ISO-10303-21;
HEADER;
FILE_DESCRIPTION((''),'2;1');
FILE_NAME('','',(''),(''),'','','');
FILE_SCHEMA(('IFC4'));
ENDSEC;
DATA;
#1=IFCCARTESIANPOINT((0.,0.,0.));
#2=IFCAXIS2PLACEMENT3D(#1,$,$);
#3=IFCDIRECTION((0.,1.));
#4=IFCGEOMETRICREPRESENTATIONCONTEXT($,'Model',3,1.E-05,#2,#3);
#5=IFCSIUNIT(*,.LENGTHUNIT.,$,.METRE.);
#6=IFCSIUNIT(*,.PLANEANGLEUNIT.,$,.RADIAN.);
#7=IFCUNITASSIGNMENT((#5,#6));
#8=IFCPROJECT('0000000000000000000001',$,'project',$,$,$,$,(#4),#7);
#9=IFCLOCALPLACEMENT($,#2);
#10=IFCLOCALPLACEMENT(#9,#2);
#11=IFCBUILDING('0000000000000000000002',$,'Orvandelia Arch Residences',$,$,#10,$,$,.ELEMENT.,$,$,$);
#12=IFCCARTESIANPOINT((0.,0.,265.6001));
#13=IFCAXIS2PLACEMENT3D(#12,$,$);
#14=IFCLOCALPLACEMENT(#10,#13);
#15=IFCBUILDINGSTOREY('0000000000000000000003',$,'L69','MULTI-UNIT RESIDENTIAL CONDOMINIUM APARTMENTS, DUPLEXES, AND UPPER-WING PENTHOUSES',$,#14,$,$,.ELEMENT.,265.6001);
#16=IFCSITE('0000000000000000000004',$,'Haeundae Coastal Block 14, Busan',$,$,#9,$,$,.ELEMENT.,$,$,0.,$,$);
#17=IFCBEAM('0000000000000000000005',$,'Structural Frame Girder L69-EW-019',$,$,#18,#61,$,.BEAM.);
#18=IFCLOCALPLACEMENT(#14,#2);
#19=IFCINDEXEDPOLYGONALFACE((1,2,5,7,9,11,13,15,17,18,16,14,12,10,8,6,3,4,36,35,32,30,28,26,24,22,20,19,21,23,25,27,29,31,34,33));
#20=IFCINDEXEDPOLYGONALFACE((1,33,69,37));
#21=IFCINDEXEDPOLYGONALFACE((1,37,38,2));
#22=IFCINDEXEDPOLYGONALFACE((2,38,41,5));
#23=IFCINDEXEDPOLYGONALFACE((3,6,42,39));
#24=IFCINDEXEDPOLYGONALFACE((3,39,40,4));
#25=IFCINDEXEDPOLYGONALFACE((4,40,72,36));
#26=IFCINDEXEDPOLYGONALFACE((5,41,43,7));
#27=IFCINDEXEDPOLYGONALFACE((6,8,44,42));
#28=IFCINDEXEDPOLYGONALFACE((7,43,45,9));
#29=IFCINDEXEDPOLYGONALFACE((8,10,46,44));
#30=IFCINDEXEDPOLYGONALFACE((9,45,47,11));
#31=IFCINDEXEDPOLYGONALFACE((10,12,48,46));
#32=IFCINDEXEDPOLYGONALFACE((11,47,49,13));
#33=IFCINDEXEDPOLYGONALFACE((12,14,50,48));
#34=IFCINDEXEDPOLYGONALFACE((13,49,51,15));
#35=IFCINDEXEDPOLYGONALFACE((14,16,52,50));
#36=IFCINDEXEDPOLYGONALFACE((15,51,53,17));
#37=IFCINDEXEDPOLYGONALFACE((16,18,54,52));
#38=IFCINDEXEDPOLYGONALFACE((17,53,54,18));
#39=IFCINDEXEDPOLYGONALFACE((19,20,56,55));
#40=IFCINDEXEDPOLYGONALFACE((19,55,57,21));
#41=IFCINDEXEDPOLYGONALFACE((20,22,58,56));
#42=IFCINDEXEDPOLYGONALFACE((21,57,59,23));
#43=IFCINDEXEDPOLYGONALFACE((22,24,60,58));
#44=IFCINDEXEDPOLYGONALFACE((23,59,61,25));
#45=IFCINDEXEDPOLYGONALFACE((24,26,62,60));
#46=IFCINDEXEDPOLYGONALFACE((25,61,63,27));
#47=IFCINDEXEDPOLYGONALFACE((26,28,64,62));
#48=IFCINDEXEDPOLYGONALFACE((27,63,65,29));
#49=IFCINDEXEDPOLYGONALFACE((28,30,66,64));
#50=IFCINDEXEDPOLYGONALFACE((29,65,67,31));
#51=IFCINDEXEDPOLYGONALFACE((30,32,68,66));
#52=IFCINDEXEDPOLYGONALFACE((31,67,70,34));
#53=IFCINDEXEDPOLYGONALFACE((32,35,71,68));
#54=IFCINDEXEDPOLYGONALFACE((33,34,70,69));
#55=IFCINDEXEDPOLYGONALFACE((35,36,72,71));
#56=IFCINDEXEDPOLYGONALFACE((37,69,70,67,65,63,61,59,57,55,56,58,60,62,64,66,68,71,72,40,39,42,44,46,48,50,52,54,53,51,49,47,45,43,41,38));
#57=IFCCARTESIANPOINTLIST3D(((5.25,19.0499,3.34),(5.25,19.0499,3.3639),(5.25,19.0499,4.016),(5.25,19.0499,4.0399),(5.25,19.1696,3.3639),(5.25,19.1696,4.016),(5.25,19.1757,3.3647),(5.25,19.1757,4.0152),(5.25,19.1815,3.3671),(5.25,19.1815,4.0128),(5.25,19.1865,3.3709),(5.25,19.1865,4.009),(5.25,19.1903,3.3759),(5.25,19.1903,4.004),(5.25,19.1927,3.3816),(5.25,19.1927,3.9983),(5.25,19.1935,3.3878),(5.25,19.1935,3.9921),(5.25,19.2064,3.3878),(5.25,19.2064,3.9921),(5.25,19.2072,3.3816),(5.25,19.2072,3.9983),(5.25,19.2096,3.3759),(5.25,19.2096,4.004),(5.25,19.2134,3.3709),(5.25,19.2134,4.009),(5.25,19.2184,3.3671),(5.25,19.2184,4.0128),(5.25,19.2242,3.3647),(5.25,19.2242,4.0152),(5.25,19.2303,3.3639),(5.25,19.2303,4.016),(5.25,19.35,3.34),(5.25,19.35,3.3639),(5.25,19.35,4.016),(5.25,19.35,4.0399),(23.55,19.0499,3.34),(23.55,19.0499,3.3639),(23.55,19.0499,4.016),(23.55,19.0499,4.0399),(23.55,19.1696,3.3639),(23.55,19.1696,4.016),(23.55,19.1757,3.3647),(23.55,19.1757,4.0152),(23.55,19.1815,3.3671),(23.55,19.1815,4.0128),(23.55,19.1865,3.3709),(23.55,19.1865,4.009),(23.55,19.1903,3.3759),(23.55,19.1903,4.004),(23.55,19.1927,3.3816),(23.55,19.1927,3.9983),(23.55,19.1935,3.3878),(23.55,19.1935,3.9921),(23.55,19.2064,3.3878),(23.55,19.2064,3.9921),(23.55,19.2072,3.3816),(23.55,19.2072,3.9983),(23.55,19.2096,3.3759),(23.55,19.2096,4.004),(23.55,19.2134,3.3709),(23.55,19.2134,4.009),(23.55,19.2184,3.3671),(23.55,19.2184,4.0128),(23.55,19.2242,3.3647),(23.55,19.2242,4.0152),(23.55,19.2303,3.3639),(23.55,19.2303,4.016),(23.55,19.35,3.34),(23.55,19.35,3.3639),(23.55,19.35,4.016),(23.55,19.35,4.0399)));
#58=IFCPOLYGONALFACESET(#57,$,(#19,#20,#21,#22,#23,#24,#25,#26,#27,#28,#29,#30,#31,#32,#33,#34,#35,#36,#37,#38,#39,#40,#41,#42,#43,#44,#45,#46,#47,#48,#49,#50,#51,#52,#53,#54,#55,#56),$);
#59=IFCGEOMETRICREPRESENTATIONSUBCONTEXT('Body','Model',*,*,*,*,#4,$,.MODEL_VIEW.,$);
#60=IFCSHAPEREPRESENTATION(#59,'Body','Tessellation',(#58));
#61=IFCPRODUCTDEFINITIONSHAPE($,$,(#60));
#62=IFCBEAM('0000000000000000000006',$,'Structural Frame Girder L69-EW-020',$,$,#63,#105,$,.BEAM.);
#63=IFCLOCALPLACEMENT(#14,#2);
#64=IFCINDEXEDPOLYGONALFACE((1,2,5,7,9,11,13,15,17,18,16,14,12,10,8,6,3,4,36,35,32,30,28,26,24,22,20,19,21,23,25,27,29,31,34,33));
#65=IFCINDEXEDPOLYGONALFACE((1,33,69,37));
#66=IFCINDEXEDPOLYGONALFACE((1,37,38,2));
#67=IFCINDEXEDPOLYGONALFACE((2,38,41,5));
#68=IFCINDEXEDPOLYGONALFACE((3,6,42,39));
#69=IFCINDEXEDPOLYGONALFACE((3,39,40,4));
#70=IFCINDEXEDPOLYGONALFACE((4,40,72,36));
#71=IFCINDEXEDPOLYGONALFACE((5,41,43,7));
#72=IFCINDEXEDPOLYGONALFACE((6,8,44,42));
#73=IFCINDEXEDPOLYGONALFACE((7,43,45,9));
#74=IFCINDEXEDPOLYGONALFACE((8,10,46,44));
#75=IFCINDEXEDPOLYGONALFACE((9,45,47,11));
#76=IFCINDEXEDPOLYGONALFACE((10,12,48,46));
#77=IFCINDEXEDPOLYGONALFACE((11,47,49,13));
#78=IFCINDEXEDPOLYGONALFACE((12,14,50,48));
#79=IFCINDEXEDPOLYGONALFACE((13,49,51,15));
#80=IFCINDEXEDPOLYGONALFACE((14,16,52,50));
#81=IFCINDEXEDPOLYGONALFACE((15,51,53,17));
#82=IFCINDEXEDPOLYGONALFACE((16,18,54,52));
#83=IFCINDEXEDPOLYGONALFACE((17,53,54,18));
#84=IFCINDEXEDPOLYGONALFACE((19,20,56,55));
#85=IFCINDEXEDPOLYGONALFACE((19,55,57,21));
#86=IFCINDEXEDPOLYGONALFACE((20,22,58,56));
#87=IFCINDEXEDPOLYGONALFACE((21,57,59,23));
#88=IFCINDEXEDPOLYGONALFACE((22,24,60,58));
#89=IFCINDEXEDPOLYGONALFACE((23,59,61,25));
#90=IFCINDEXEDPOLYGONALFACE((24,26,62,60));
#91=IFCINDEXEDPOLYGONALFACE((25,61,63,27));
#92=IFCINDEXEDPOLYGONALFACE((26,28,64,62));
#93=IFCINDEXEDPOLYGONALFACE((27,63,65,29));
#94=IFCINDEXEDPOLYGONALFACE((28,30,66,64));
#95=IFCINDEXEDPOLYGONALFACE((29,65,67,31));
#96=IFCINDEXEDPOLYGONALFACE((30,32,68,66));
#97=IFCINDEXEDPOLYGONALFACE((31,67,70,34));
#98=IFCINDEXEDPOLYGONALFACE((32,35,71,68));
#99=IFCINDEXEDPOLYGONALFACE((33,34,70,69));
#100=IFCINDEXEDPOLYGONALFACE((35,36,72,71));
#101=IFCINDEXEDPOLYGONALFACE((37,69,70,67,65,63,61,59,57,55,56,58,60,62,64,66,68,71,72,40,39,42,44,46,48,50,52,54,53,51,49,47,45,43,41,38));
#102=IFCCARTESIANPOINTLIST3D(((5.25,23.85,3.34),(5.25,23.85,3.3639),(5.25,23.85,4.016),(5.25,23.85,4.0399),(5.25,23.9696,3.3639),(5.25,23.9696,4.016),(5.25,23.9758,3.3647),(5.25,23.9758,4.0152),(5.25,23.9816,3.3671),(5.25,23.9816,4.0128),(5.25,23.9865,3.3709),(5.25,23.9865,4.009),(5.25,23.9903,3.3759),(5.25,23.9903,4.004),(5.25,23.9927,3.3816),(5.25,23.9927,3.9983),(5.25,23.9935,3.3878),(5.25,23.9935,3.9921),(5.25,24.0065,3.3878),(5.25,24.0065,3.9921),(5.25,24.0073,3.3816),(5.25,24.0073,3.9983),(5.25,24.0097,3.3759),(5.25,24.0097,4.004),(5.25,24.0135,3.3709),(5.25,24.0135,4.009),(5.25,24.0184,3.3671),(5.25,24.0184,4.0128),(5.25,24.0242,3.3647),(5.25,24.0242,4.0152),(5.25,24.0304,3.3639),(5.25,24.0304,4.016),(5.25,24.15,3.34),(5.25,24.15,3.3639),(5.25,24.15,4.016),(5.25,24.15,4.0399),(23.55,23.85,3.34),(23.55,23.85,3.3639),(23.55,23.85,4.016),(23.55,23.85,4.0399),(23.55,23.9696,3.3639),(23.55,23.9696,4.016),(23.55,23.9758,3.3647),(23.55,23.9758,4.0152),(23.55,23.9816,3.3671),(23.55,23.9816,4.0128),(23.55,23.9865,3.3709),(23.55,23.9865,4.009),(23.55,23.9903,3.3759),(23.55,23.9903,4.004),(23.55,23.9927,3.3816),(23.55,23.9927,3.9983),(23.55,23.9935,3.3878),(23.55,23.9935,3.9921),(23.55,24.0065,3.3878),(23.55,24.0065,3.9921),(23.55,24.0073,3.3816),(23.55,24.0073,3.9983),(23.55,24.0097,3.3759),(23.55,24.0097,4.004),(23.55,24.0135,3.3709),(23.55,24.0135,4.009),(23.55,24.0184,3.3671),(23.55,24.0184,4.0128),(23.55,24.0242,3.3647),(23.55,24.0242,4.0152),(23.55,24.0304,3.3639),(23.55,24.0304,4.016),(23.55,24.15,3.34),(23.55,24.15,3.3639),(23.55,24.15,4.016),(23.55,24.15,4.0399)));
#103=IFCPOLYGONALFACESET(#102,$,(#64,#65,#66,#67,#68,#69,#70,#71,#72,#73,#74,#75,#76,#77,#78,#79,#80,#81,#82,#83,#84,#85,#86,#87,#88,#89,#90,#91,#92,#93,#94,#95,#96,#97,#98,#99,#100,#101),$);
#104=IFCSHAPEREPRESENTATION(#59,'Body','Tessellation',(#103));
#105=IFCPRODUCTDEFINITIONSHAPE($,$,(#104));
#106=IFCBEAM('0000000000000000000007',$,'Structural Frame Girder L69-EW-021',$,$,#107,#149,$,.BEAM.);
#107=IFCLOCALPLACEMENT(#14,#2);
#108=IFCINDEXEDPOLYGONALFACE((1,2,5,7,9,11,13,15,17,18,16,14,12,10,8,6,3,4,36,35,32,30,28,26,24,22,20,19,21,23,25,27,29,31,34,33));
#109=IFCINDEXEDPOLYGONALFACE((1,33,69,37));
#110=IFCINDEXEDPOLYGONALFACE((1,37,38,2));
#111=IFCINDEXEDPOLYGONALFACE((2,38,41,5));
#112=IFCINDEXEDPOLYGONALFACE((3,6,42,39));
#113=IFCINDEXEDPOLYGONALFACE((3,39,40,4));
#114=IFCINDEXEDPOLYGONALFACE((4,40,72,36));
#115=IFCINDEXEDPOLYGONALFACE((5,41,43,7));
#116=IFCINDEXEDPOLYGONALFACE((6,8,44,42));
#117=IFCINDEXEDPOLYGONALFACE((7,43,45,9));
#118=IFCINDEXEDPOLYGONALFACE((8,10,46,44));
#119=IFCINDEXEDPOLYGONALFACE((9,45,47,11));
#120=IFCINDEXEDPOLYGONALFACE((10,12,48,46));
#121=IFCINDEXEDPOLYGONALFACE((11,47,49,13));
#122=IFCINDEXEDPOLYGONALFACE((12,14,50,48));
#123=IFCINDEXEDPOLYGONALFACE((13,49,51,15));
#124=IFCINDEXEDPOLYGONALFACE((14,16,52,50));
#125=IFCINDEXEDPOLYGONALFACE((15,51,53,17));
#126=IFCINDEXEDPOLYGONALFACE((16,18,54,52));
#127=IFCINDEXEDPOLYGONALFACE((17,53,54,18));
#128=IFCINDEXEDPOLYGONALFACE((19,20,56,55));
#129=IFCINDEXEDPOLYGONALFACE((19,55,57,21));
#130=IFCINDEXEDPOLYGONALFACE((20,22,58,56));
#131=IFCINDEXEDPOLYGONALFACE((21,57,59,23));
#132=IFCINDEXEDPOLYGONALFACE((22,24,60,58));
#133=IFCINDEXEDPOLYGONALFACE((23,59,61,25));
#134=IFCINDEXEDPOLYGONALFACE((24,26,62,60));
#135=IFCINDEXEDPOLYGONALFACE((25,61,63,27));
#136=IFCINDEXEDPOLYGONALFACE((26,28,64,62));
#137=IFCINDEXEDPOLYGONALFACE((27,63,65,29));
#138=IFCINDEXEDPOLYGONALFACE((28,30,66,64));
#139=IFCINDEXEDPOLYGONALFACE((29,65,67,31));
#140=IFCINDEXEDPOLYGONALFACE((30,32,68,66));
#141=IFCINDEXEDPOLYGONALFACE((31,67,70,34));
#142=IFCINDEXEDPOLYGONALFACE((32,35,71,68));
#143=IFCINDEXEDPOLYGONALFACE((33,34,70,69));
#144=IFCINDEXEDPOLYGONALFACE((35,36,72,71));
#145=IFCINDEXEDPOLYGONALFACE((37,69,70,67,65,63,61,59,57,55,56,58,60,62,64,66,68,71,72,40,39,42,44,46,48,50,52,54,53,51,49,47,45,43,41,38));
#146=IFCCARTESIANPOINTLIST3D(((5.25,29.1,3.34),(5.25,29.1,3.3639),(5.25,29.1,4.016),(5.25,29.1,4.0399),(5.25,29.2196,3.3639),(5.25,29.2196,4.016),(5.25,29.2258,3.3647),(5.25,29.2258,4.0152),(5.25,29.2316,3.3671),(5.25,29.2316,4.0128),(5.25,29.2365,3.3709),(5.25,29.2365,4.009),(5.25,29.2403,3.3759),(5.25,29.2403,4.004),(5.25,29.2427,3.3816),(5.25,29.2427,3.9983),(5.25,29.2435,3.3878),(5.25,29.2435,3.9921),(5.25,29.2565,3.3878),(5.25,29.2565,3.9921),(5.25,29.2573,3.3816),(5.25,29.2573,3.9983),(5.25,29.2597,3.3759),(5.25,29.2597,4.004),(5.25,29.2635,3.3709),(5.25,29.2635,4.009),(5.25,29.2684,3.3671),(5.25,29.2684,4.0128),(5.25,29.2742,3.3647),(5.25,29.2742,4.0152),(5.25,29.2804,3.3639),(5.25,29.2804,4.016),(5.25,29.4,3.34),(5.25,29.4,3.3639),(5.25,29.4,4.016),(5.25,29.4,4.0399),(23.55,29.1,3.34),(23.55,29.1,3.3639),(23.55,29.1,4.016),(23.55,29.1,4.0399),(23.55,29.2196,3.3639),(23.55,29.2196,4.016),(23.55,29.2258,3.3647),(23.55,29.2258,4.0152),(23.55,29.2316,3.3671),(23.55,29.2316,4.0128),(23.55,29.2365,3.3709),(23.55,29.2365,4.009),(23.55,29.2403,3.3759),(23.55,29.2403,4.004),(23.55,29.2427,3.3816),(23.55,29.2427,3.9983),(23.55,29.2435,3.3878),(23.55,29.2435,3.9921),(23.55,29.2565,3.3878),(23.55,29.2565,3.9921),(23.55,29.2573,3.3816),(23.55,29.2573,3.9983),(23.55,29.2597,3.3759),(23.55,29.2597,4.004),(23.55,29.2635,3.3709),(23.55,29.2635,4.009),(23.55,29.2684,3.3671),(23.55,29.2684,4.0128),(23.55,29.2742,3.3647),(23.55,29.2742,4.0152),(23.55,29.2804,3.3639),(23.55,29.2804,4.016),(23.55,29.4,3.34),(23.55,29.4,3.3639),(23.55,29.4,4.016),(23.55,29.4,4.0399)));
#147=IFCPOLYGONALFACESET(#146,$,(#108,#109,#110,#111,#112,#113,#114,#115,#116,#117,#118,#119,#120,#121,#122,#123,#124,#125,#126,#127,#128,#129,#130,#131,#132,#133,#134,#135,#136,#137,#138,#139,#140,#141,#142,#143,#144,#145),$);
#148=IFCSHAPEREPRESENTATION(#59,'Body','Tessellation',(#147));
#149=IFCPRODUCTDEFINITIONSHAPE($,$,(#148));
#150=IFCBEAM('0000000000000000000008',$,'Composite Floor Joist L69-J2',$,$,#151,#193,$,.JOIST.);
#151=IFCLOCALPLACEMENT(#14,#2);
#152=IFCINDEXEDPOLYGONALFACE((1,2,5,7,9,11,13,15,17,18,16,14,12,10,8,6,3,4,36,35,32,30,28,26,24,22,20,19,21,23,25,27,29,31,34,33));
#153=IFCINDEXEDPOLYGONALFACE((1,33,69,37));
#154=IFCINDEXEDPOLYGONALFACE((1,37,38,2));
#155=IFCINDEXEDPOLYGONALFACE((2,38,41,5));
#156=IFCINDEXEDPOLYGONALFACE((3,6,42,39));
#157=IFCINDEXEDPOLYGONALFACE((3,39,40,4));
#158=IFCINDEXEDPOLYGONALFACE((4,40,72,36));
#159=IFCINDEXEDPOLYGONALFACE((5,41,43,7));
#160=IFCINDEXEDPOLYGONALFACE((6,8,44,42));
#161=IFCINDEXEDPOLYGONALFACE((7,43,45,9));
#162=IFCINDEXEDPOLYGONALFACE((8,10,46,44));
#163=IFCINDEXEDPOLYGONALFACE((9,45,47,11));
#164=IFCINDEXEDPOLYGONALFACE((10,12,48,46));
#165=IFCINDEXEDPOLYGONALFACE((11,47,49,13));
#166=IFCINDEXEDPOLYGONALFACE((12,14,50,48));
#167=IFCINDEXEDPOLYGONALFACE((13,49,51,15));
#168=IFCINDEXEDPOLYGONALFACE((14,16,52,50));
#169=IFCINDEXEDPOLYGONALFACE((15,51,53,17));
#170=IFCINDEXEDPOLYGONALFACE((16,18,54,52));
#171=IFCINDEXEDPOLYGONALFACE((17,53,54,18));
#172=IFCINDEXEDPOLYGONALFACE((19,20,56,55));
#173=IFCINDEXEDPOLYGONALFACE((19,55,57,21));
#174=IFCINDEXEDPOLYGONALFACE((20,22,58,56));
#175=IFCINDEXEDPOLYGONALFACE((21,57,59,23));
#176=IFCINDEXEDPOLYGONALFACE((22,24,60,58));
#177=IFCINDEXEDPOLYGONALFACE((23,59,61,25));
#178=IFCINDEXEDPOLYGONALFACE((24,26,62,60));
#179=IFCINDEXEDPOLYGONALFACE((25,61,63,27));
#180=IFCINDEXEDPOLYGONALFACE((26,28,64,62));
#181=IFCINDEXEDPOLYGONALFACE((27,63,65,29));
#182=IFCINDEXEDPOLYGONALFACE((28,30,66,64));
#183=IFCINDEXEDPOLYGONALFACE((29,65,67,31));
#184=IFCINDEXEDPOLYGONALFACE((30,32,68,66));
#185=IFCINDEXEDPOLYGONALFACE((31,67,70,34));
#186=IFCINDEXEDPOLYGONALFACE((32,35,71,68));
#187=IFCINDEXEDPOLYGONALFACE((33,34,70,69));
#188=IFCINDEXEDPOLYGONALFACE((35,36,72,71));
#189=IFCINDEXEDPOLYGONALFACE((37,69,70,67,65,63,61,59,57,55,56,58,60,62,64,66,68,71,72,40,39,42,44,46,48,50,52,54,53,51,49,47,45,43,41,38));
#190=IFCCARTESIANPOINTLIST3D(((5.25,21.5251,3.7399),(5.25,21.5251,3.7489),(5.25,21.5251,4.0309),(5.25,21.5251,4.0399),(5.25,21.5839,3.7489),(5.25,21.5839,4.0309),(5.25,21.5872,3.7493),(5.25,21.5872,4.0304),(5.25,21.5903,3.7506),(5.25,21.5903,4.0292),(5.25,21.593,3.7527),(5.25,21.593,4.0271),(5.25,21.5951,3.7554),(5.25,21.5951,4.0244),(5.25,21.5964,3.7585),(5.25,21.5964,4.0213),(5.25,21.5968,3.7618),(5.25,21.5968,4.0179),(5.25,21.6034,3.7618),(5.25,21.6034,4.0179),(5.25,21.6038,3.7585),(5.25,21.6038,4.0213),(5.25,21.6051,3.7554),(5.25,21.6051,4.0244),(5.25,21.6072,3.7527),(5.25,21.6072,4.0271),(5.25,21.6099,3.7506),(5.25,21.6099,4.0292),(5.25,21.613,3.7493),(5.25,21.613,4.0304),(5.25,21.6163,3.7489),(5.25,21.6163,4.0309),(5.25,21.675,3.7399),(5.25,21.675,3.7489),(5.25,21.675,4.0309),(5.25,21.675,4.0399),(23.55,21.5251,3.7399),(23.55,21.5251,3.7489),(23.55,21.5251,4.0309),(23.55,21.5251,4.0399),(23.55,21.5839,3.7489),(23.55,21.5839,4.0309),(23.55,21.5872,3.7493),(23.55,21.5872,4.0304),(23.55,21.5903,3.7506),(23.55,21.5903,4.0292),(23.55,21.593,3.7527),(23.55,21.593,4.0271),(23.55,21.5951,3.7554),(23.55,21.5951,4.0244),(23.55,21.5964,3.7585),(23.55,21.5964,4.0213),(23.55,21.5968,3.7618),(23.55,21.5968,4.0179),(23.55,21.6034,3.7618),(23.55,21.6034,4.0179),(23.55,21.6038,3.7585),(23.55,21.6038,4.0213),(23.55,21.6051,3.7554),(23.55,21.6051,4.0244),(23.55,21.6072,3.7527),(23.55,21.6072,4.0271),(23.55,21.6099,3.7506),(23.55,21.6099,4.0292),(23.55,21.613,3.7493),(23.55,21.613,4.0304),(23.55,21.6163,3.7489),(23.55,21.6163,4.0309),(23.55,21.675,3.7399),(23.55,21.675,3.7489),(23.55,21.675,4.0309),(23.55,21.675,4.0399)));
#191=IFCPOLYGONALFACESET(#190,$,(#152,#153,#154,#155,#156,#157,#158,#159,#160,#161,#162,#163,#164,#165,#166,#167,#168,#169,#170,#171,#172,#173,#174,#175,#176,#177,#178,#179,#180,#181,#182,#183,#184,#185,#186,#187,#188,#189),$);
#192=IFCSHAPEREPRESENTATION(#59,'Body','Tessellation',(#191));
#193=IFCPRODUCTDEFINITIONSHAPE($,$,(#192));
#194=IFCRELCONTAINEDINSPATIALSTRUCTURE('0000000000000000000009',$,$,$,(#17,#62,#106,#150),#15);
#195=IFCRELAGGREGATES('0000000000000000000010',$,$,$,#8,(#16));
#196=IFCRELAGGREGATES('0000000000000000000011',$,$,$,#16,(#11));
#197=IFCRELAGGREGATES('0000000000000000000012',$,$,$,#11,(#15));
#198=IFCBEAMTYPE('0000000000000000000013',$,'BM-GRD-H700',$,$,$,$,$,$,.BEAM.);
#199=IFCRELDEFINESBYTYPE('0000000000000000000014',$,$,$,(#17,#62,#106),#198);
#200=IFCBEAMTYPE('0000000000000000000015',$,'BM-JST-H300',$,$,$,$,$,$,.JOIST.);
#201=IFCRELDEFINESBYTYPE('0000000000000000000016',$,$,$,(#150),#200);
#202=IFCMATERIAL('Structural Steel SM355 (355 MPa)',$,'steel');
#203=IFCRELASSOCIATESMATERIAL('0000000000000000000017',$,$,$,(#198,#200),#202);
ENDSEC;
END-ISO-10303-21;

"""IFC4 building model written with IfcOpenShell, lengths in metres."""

from ifc_helpers import new_model, si_unit, direction, frame, origin, origin_2d, place, context, subcontext, project, spatial, i_section, extrude, material, material_profile, profile_set, type_object, element, save


model = new_model("IFC4")

# Units and contexts
model_context = context("Model", 3, precision=1e-05, world=origin(), true_north=direction((0.0, 1.0)))
body_context = subcontext(model_context, "Body", "Model", "MODEL_VIEW")
ifc_project = project(units=[si_unit("LENGTHUNIT", "METRE"), si_unit("PLANEANGLEUNIT", "RADIAN")], contexts=[model_context])

# Site, building, storey
site_placement = place(None, origin())
site = spatial("IfcSite", under=ifc_project, at=site_placement, Name="Haeundae Coastal Block 14, Busan", CompositionType="ELEMENT", RefElevation=0.0)
building_placement = place(site_placement, origin())
building = spatial("IfcBuilding", under=site, at=building_placement, Name="Orvandelia Arch Residences", CompositionType="ELEMENT")
storey_placement = place(building_placement, frame((0.0, 0.0, 265.6001)))
storey = spatial("IfcBuildingStorey", under=building, at=storey_placement, Name="L69", Description="MULTI-UNIT RESIDENTIAL CONDOMINIUM APARTMENTS, DUPLEXES, AND UPPER-WING PENTHOUSES", CompositionType="ELEMENT", Elevation=265.6001)

# Beams
ifc_material_1 = material(Name="Structural Steel SM355 (355 MPa)", Category="steel")
ifc_material_profile_1 = material_profile(ifc_material_1, i_section(OverallWidth=0.3, OverallDepth=0.7, WebThickness=0.0129, FlangeThickness=0.0239, FilletRadius=0.0239, at=origin_2d()), Name="Structural Steel SM355 (355 MPa)", Category="steel")
ifc_profile_set_1 = profile_set([ifc_material_profile_1], Name="Structural Steel SM355 (355 MPa)")
beam_type_1 = type_object("IfcBeamType", Name="BM-GRD-H700", PredefinedType="BEAM", material=ifc_profile_set_1)
for number, where, z_axis, x_axis, name in (
    (1, (5.25, 19.2, 3.6899), (1.0, 0.0, 0.0), (0.0, 1.0, 0.0), "Structural Frame Girder L69-EW-019"),
    (2, (5.25, 24.0, 3.6899), (1.0, 0.0, 0.0), (0.0, 1.0, 0.0), "Structural Frame Girder L69-EW-020"),
    (3, (5.25, 29.25, 3.6899), (1.0, 0.0, 0.0), (0.0, 1.0, 0.0), "Structural Frame Girder L69-EW-021"),
):
    element("IfcBeam", number, at=place(storey_placement, frame(where, z_axis=z_axis, x_axis=x_axis)), inside=storey, type_object=beam_type_1, Name=name, PredefinedType="BEAM", context=body_context, shape_type="SweptSolid", body=[
        extrude(i_section(OverallWidth=0.3, OverallDepth=0.7, WebThickness=0.0129, FlangeThickness=0.0239, FilletRadius=0.0239, at=origin_2d()), origin(), (0.0, 0.0, 1.0), 18.3),
    ])
ifc_material_profile_2 = material_profile(ifc_material_1, i_section(OverallWidth=0.1499, OverallDepth=0.3, WebThickness=0.0066, FlangeThickness=0.009, FilletRadius=0.0129, at=origin_2d()), Name="Structural Steel SM355 (355 MPa)", Category="steel")
ifc_profile_set_2 = profile_set([ifc_material_profile_2], Name="Structural Steel SM355 (355 MPa)")
beam_type_2 = type_object("IfcBeamType", Name="BM-JST-H300", PredefinedType="JOIST", material=ifc_profile_set_2)
beam_1_placement = place(storey_placement, frame((5.25, 21.6001, 3.8899), z_axis=(1.0, 0.0, 0.0), x_axis=(0.0, 1.0, 0.0)))
element("IfcBeam", 4, at=beam_1_placement, inside=storey, type_object=beam_type_2, Name="Composite Floor Joist L69-J2", PredefinedType="JOIST", context=body_context, shape_type="SweptSolid", body=[
    extrude(i_section(OverallWidth=0.1499, OverallDepth=0.3, WebThickness=0.0066, FlangeThickness=0.009, FilletRadius=0.0129, at=origin_2d()), origin(), (0.0, 0.0, 1.0), 18.3),
])

save(model, "model.ifc")
